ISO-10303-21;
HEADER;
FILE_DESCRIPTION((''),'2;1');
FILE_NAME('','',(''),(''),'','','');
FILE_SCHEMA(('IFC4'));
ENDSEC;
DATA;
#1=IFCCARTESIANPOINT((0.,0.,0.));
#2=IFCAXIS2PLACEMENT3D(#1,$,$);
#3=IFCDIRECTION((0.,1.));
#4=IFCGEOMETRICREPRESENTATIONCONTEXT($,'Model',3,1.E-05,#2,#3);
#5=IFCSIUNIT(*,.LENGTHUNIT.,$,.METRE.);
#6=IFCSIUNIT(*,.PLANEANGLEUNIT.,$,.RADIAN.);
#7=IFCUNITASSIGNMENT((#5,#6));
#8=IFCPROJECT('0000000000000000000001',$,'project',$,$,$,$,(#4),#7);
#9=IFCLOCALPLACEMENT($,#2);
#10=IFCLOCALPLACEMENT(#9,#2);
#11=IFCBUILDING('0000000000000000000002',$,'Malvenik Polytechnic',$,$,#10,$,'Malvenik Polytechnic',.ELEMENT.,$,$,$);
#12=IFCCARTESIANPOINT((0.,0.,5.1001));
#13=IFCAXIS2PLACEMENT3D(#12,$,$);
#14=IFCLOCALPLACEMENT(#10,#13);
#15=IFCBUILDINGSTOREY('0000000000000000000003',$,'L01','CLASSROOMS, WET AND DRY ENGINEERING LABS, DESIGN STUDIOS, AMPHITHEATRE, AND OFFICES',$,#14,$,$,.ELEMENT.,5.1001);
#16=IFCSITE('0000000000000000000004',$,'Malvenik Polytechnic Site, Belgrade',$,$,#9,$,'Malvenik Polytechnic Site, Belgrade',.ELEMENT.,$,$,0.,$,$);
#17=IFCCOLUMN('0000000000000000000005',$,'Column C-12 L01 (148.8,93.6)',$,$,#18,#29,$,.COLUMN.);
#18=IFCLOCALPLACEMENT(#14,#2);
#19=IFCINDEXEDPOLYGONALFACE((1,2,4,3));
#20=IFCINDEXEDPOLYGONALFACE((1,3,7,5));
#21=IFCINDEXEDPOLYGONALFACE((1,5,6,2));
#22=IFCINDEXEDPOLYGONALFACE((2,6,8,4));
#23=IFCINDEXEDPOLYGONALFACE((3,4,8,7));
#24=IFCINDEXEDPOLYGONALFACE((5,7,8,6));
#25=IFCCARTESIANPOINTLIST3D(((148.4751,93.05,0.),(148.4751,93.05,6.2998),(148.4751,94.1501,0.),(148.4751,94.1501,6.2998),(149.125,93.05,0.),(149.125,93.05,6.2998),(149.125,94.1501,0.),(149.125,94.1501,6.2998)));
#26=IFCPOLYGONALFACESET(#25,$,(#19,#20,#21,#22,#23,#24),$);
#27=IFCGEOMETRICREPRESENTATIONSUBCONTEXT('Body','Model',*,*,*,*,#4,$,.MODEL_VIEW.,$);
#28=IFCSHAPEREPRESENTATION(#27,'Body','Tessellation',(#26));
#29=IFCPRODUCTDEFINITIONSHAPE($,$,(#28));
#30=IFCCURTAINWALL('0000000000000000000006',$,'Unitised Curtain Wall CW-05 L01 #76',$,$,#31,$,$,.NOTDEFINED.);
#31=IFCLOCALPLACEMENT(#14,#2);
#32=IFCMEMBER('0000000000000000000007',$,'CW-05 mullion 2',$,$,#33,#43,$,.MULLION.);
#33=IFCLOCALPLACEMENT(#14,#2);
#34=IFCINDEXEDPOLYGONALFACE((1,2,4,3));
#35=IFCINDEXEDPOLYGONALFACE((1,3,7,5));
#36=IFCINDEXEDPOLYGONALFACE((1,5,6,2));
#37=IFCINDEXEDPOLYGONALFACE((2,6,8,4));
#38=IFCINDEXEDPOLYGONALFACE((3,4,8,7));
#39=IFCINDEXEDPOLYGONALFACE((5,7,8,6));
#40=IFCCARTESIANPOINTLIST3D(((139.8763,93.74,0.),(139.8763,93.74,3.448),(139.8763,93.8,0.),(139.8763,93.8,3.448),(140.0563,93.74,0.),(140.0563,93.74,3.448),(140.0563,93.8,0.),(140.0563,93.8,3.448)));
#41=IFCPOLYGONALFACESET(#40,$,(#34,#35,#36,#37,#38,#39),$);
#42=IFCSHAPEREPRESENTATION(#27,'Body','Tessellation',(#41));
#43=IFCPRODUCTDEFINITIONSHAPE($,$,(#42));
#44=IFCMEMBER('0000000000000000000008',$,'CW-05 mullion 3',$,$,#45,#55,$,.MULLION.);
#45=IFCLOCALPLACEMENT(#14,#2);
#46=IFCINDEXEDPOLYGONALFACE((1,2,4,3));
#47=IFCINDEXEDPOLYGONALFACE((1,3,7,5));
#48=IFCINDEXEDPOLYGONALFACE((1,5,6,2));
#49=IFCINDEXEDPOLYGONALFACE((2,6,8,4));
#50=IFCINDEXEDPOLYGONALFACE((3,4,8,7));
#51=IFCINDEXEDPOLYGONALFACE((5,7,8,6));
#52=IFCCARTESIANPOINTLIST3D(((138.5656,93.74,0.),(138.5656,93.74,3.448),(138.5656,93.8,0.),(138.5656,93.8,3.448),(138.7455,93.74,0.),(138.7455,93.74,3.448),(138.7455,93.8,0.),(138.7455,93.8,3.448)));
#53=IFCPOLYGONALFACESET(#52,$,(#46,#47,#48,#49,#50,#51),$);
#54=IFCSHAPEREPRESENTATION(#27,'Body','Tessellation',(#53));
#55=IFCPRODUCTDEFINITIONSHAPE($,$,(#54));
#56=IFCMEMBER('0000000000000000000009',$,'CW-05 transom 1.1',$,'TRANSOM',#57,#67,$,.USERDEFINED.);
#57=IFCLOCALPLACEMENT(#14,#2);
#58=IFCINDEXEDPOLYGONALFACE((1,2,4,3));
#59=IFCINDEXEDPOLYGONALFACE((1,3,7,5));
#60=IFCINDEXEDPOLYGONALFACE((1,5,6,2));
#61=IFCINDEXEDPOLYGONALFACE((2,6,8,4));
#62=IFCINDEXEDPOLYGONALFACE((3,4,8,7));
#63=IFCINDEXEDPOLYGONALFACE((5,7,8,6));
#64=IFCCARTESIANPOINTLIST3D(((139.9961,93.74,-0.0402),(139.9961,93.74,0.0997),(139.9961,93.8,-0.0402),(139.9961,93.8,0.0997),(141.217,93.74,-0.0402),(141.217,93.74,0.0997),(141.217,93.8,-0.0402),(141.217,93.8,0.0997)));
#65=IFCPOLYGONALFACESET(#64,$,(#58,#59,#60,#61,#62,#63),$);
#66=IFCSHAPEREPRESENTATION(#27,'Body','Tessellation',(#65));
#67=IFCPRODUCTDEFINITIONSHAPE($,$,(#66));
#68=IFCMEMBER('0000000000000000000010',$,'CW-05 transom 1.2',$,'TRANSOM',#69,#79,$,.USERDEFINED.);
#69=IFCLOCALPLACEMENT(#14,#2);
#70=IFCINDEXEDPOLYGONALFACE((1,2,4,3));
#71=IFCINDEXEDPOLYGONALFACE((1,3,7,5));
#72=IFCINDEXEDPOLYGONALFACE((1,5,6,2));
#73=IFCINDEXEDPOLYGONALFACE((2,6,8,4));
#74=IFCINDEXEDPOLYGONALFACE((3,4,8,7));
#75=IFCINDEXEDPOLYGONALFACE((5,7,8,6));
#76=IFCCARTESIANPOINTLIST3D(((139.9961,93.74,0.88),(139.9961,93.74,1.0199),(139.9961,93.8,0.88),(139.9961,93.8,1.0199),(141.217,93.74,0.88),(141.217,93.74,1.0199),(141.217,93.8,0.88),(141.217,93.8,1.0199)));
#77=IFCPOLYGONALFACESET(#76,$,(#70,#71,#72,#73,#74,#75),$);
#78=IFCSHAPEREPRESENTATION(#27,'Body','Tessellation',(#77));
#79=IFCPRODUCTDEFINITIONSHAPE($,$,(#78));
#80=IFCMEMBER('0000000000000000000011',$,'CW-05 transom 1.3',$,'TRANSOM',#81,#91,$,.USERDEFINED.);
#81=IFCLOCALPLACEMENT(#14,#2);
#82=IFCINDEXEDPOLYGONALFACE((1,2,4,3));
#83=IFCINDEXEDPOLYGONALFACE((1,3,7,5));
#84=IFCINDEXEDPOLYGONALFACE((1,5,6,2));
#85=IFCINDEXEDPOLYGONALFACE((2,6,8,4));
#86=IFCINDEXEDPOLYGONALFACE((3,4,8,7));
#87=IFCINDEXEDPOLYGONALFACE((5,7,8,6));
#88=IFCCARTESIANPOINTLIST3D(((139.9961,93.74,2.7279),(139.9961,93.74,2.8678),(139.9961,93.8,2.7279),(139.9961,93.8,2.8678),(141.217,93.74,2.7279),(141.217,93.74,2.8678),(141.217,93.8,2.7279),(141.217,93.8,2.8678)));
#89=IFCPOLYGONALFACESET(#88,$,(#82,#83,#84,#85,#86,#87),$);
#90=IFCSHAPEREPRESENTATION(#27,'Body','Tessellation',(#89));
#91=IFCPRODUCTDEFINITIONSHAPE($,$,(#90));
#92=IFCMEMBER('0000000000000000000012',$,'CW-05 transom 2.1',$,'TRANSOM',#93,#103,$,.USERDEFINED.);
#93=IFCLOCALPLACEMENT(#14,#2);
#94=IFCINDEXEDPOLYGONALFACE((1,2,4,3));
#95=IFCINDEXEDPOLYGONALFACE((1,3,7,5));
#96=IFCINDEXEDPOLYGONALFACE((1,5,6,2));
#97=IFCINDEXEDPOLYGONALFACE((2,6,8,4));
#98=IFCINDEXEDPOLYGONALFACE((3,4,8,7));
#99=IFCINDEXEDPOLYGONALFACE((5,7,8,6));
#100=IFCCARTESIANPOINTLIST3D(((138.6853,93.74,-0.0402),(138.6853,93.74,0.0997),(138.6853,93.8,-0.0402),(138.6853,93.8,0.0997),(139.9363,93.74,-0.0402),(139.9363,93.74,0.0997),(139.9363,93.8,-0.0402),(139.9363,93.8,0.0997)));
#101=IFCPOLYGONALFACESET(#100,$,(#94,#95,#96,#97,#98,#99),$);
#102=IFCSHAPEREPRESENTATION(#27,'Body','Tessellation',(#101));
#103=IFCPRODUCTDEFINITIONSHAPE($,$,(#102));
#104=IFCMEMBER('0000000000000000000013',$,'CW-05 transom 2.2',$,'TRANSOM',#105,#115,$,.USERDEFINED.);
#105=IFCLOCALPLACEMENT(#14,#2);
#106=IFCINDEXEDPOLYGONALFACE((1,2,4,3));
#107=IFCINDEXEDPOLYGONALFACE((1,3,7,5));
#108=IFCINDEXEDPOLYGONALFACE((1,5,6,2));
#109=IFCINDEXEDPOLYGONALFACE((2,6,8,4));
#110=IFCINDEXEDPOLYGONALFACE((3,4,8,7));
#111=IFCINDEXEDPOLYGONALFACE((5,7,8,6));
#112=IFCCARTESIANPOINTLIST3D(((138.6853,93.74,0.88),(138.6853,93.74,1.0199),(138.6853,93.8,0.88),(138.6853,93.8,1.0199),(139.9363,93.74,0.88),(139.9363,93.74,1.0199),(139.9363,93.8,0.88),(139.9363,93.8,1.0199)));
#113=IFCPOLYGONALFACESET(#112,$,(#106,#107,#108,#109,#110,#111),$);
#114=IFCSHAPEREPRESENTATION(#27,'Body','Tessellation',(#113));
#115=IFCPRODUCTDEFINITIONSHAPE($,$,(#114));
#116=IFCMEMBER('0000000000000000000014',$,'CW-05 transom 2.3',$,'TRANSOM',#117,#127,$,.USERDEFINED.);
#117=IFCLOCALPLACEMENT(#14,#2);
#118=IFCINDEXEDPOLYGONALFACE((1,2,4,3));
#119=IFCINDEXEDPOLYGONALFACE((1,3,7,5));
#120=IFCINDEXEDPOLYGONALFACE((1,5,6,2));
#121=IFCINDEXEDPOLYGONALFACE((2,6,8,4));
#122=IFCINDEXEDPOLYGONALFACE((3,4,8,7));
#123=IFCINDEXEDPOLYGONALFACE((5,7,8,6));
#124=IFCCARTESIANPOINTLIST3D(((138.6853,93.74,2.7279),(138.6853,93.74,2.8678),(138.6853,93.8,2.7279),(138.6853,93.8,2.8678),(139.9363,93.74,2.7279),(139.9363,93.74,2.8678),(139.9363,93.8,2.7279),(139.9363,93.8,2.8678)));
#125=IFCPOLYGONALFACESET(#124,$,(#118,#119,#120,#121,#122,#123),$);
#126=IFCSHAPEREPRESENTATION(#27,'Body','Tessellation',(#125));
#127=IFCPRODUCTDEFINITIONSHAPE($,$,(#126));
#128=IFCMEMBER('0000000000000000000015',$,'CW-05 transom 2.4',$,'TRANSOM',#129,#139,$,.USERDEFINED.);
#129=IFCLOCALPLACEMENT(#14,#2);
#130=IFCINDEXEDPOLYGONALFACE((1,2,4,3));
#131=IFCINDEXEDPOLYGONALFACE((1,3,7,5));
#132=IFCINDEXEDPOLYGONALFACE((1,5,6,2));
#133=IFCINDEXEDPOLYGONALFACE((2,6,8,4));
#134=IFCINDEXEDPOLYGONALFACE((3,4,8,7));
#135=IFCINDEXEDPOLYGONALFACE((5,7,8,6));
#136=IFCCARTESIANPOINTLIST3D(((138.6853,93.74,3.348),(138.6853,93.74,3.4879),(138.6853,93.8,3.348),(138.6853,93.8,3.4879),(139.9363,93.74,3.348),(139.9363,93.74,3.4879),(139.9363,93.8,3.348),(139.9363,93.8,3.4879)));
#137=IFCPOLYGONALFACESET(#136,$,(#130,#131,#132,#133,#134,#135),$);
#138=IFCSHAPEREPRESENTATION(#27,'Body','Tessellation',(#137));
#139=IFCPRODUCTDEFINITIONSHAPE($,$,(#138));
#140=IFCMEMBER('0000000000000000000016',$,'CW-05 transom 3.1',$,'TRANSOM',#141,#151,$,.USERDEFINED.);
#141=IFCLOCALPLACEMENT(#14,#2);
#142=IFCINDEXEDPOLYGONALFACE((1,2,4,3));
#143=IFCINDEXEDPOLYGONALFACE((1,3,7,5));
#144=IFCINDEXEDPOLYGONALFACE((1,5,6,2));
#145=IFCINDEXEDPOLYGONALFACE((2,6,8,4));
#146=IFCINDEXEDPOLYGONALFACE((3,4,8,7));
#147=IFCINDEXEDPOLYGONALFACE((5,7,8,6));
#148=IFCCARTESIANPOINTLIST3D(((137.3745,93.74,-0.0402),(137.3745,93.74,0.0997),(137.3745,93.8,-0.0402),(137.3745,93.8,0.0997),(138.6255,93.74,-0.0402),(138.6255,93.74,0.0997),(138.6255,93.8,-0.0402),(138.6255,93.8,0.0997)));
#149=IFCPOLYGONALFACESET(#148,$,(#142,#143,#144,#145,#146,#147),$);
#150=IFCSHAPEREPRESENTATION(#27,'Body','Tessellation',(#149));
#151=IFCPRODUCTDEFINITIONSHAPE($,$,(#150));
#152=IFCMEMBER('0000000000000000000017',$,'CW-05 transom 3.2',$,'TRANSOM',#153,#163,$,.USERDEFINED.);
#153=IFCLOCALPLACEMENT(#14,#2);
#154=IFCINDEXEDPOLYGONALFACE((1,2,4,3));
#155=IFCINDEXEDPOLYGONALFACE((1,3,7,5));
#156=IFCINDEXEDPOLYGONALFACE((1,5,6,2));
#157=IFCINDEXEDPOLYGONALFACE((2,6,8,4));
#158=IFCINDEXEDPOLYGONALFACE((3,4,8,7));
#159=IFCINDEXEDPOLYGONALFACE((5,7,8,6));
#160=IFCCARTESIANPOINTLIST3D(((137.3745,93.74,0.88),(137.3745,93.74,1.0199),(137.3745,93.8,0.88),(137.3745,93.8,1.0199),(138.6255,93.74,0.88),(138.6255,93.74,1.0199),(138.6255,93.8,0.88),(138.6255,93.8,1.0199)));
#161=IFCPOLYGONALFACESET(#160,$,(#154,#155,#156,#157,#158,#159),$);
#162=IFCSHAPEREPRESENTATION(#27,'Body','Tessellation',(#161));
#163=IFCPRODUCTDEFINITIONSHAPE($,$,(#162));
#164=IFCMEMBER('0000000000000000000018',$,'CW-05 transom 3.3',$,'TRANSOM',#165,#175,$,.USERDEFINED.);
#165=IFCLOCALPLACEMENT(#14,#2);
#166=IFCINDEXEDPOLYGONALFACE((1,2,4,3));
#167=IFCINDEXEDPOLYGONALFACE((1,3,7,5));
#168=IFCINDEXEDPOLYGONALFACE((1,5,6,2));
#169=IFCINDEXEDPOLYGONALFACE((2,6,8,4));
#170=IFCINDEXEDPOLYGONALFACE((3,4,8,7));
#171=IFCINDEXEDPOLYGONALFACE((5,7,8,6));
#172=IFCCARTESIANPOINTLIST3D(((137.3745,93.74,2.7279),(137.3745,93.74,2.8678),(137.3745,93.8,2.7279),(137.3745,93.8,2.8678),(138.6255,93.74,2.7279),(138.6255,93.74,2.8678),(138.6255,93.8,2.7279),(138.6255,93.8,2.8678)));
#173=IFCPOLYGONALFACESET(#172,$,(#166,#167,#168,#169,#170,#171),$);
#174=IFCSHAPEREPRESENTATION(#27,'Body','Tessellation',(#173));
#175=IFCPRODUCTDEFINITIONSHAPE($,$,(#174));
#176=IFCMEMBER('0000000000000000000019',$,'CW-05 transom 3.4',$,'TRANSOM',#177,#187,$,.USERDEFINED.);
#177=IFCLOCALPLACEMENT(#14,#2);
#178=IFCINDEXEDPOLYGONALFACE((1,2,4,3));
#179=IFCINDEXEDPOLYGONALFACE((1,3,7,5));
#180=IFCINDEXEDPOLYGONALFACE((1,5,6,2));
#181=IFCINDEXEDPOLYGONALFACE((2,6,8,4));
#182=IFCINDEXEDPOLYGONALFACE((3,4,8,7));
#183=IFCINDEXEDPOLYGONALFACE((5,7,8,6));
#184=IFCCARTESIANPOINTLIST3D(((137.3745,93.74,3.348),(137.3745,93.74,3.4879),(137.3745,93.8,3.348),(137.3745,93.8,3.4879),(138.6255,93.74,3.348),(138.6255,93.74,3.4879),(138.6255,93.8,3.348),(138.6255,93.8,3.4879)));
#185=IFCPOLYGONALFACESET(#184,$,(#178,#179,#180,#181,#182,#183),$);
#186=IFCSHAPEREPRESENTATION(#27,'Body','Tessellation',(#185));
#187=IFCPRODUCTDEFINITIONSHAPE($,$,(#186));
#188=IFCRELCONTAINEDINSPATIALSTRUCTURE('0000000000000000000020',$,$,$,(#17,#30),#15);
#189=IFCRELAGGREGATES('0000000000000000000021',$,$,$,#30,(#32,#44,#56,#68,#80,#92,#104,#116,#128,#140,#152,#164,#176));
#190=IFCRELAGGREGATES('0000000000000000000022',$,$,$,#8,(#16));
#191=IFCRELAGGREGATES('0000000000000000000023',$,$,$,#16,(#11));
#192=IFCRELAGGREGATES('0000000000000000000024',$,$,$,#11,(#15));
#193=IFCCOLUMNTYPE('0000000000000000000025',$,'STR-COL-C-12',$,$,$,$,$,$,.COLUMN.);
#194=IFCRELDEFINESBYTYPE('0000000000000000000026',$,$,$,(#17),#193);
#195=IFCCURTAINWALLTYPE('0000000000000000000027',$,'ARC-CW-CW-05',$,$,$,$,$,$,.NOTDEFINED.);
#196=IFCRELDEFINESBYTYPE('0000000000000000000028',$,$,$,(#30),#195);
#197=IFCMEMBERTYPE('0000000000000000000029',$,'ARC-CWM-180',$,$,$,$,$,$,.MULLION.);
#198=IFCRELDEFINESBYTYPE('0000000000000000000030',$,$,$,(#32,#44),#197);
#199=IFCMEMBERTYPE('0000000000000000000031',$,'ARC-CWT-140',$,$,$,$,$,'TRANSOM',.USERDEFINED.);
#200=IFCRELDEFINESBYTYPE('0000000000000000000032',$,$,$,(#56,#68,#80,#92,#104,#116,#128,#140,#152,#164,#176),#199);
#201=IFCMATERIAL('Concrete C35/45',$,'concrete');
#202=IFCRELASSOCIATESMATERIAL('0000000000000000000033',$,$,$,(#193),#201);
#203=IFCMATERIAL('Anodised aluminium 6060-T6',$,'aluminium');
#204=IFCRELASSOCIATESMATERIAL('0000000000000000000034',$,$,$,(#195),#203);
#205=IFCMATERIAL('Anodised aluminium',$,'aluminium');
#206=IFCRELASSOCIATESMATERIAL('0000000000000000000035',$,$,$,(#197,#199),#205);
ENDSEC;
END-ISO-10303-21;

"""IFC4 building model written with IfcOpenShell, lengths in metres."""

from ifc_helpers import new_model, si_unit, direction, frame, origin, origin_2d, place, context, subcontext, project, spatial, rectangle, extrude, material, material_profile, profile_set, type_object, element, aggregate, save


model = new_model("IFC4")

# Units and contexts
model_context = context("Model", 3, precision=1e-05, world=origin(), true_north=direction((0.0, 1.0)))
body_context = subcontext(model_context, "Body", "Model", "MODEL_VIEW")
ifc_project = project(units=[si_unit("LENGTHUNIT", "METRE"), si_unit("PLANEANGLEUNIT", "RADIAN")], contexts=[model_context])

# Site, building, storey
site_placement = place(None, origin())
site = spatial("IfcSite", under=ifc_project, at=site_placement, Name="Malvenik Polytechnic Site, Belgrade", LongName="Malvenik Polytechnic Site, Belgrade", CompositionType="ELEMENT", RefElevation=0.0)
building_placement = place(site_placement, origin())
building = spatial("IfcBuilding", under=site, at=building_placement, Name="Malvenik Polytechnic", LongName="Malvenik Polytechnic", CompositionType="ELEMENT")
storey_placement = place(building_placement, frame((0.0, 0.0, 5.1001)))
storey = spatial("IfcBuildingStorey", under=building, at=storey_placement, Name="L01", Description="CLASSROOMS, WET AND DRY ENGINEERING LABS, DESIGN STUDIOS, AMPHITHEATRE, AND OFFICES", CompositionType="ELEMENT", Elevation=5.1001)

# Column
ifc_material_1 = material(Name="Concrete C35/45", Category="concrete")
ifc_material_profile_1 = material_profile(ifc_material_1, rectangle(XDim=0.6499, YDim=1.1001, at=origin_2d()), Name="RC COL 1100x650")
ifc_profile_set_1 = profile_set([ifc_material_profile_1], Name="Concrete C35/45")
column_type = type_object("IfcColumnType", Name="STR-COL-C-12", PredefinedType="COLUMN", material=ifc_profile_set_1)
column_placement = place(storey_placement, frame((148.8, 93.6001, 0.0), z_axis=(0.0, 0.0, 1.0), x_axis=(1.0, 0.0, 0.0)))
element("IfcColumn", 1, at=column_placement, inside=storey, type_object=column_type, Name="Column C-12 L01 (148.8,93.6)", PredefinedType="COLUMN", context=body_context, shape_type="SweptSolid", body=[
    extrude(rectangle(XDim=0.6499, YDim=1.1001, at=origin_2d()), origin(), (0.0, 0.0, 1.0), 6.2998),
])

# Curtain wall, members
ifc_material_2 = material(Name="Anodised aluminium 6060-T6", Category="aluminium")
curtain_wall_type = type_object("IfcCurtainWallType", Name="ARC-CW-CW-05", PredefinedType="NOTDEFINED", material=ifc_material_2)
curtain_wall_placement = place(storey_placement, origin())
curtain_wall = element("IfcCurtainWall", 2, at=curtain_wall_placement, inside=storey, type_object=curtain_wall_type, Name="Unitised Curtain Wall CW-05 L01 #76", PredefinedType="NOTDEFINED")
ifc_material_3 = material(Name="Anodised aluminium", Category="aluminium")
ifc_material_profile_2 = material_profile(ifc_material_3, rectangle(XDim=0.0601, YDim=0.1799, at=origin_2d()), Name="ALU MULLION 60x180")
ifc_profile_set_2 = profile_set([ifc_material_profile_2], Name="Anodised aluminium")
member_type_1 = type_object("IfcMemberType", Name="ARC-CWM-180", PredefinedType="MULLION", material=ifc_profile_set_2)
member_1_placement = place(storey_placement, frame((139.9663, 93.77, 0.0), z_axis=(0.0, 0.0, 1.0), x_axis=(0.0, -1.0, 0.0)))
member_1 = element("IfcMember", 3, at=member_1_placement, type_object=member_type_1, Name="CW-05 mullion 2", PredefinedType="MULLION", context=body_context, shape_type="SweptSolid", body=[
    extrude(rectangle(XDim=0.0601, YDim=0.1799, at=origin_2d()), origin(), (0.0, 0.0, 1.0), 3.448),
])
member_2_placement = place(storey_placement, frame((138.6555, 93.77, 0.0), z_axis=(0.0, 0.0, 1.0), x_axis=(0.0, -1.0, 0.0)))
member_2 = element("IfcMember", 4, at=member_2_placement, type_object=member_type_1, Name="CW-05 mullion 3", PredefinedType="MULLION", context=body_context, shape_type="SweptSolid", body=[
    extrude(rectangle(XDim=0.0601, YDim=0.1799, at=origin_2d()), origin(), (0.0, 0.0, 1.0), 3.448),
])
ifc_material_profile_3 = material_profile(ifc_material_3, rectangle(XDim=0.0601, YDim=0.1399, at=origin_2d()), Name="ALU TRANSOM 60x140")
ifc_profile_set_3 = profile_set([ifc_material_profile_3], Name="Anodised aluminium")
member_type_2 = type_object("IfcMemberType", Name="ARC-CWT-140", ElementType="TRANSOM", PredefinedType="USERDEFINED", material=ifc_profile_set_3)
member_3_placement = place(storey_placement, frame((141.217, 93.77, 0.0298), z_axis=(-1.0, 0.0, 0.0), x_axis=(0.0, -1.0, 0.0)))
member_3 = element("IfcMember", 5, at=member_3_placement, type_object=member_type_2, Name="CW-05 transom 1.1", ObjectType="TRANSOM", PredefinedType="USERDEFINED", context=body_context, shape_type="SweptSolid", body=[
    extrude(rectangle(XDim=0.0601, YDim=0.1399, at=origin_2d()), origin(), (0.0, 0.0, 1.0), 1.2209),
])
member_4_placement = place(storey_placement, frame((141.217, 93.77, 0.95), z_axis=(-1.0, 0.0, 0.0), x_axis=(0.0, -1.0, 0.0)))
member_4 = element("IfcMember", 6, at=member_4_placement, type_object=member_type_2, Name="CW-05 transom 1.2", ObjectType="TRANSOM", PredefinedType="USERDEFINED", context=body_context, shape_type="SweptSolid", body=[
    extrude(rectangle(XDim=0.0601, YDim=0.1399, at=origin_2d()), origin(), (0.0, 0.0, 1.0), 1.2209),
])
member_5_placement = place(storey_placement, frame((141.217, 93.77, 2.7979), z_axis=(-1.0, 0.0, 0.0), x_axis=(0.0, -1.0, 0.0)))
member_5 = element("IfcMember", 7, at=member_5_placement, type_object=member_type_2, Name="CW-05 transom 1.3", ObjectType="TRANSOM", PredefinedType="USERDEFINED", context=body_context, shape_type="SweptSolid", body=[
    extrude(rectangle(XDim=0.0601, YDim=0.1399, at=origin_2d()), origin(), (0.0, 0.0, 1.0), 1.2209),
])
member_6_placement = place(storey_placement, frame((139.9363, 93.77, 0.0298), z_axis=(-1.0, 0.0, 0.0), x_axis=(0.0, -1.0, 0.0)))
member_6 = element("IfcMember", 8, at=member_6_placement, type_object=member_type_2, Name="CW-05 transom 2.1", ObjectType="TRANSOM", PredefinedType="USERDEFINED", context=body_context, shape_type="SweptSolid", body=[
    extrude(rectangle(XDim=0.0601, YDim=0.1399, at=origin_2d()), origin(), (0.0, 0.0, 1.0), 1.251),
])
member_7_placement = place(storey_placement, frame((139.9363, 93.77, 0.95), z_axis=(-1.0, 0.0, 0.0), x_axis=(0.0, -1.0, 0.0)))
member_7 = element("IfcMember", 9, at=member_7_placement, type_object=member_type_2, Name="CW-05 transom 2.2", ObjectType="TRANSOM", PredefinedType="USERDEFINED", context=body_context, shape_type="SweptSolid", body=[
    extrude(rectangle(XDim=0.0601, YDim=0.1399, at=origin_2d()), origin(), (0.0, 0.0, 1.0), 1.251),
])
member_8_placement = place(storey_placement, frame((139.9363, 93.77, 2.7979), z_axis=(-1.0, 0.0, 0.0), x_axis=(0.0, -1.0, 0.0)))
member_8 = element("IfcMember", 10, at=member_8_placement, type_object=member_type_2, Name="CW-05 transom 2.3", ObjectType="TRANSOM", PredefinedType="USERDEFINED", context=body_context, shape_type="SweptSolid", body=[
    extrude(rectangle(XDim=0.0601, YDim=0.1399, at=origin_2d()), origin(), (0.0, 0.0, 1.0), 1.251),
])
member_9_placement = place(storey_placement, frame((139.9363, 93.77, 3.418), z_axis=(-1.0, 0.0, 0.0), x_axis=(0.0, -1.0, 0.0)))
member_9 = element("IfcMember", 11, at=member_9_placement, type_object=member_type_2, Name="CW-05 transom 2.4", ObjectType="TRANSOM", PredefinedType="USERDEFINED", context=body_context, shape_type="SweptSolid", body=[
    extrude(rectangle(XDim=0.0601, YDim=0.1399, at=origin_2d()), origin(), (0.0, 0.0, 1.0), 1.251),
])
member_10_placement = place(storey_placement, frame((138.6255, 93.77, 0.0298), z_axis=(-1.0, 0.0, 0.0), x_axis=(0.0, -1.0, 0.0)))
member_10 = element("IfcMember", 12, at=member_10_placement, type_object=member_type_2, Name="CW-05 transom 3.1", ObjectType="TRANSOM", PredefinedType="USERDEFINED", context=body_context, shape_type="SweptSolid", body=[
    extrude(rectangle(XDim=0.0601, YDim=0.1399, at=origin_2d()), origin(), (0.0, 0.0, 1.0), 1.251),
])
member_11_placement = place(storey_placement, frame((138.6255, 93.77, 0.95), z_axis=(-1.0, 0.0, 0.0), x_axis=(0.0, -1.0, 0.0)))
member_11 = element("IfcMember", 13, at=member_11_placement, type_object=member_type_2, Name="CW-05 transom 3.2", ObjectType="TRANSOM", PredefinedType="USERDEFINED", context=body_context, shape_type="SweptSolid", body=[
    extrude(rectangle(XDim=0.0601, YDim=0.1399, at=origin_2d()), origin(), (0.0, 0.0, 1.0), 1.251),
])
member_12_placement = place(storey_placement, frame((138.6255, 93.77, 2.7979), z_axis=(-1.0, 0.0, 0.0), x_axis=(0.0, -1.0, 0.0)))
member_12 = element("IfcMember", 14, at=member_12_placement, type_object=member_type_2, Name="CW-05 transom 3.3", ObjectType="TRANSOM", PredefinedType="USERDEFINED", context=body_context, shape_type="SweptSolid", body=[
    extrude(rectangle(XDim=0.0601, YDim=0.1399, at=origin_2d()), origin(), (0.0, 0.0, 1.0), 1.251),
])
member_13_placement = place(storey_placement, frame((138.6255, 93.77, 3.418), z_axis=(-1.0, 0.0, 0.0), x_axis=(0.0, -1.0, 0.0)))
member_13 = element("IfcMember", 15, at=member_13_placement, type_object=member_type_2, Name="CW-05 transom 3.4", ObjectType="TRANSOM", PredefinedType="USERDEFINED", context=body_context, shape_type="SweptSolid", body=[
    extrude(rectangle(XDim=0.0601, YDim=0.1399, at=origin_2d()), origin(), (0.0, 0.0, 1.0), 1.251),
])

aggregate(curtain_wall, [member_1, member_2, member_3, member_4, member_5, member_6, member_7, member_8, member_9, member_10, member_11, member_12, member_13])

save(model, "model.ifc")
